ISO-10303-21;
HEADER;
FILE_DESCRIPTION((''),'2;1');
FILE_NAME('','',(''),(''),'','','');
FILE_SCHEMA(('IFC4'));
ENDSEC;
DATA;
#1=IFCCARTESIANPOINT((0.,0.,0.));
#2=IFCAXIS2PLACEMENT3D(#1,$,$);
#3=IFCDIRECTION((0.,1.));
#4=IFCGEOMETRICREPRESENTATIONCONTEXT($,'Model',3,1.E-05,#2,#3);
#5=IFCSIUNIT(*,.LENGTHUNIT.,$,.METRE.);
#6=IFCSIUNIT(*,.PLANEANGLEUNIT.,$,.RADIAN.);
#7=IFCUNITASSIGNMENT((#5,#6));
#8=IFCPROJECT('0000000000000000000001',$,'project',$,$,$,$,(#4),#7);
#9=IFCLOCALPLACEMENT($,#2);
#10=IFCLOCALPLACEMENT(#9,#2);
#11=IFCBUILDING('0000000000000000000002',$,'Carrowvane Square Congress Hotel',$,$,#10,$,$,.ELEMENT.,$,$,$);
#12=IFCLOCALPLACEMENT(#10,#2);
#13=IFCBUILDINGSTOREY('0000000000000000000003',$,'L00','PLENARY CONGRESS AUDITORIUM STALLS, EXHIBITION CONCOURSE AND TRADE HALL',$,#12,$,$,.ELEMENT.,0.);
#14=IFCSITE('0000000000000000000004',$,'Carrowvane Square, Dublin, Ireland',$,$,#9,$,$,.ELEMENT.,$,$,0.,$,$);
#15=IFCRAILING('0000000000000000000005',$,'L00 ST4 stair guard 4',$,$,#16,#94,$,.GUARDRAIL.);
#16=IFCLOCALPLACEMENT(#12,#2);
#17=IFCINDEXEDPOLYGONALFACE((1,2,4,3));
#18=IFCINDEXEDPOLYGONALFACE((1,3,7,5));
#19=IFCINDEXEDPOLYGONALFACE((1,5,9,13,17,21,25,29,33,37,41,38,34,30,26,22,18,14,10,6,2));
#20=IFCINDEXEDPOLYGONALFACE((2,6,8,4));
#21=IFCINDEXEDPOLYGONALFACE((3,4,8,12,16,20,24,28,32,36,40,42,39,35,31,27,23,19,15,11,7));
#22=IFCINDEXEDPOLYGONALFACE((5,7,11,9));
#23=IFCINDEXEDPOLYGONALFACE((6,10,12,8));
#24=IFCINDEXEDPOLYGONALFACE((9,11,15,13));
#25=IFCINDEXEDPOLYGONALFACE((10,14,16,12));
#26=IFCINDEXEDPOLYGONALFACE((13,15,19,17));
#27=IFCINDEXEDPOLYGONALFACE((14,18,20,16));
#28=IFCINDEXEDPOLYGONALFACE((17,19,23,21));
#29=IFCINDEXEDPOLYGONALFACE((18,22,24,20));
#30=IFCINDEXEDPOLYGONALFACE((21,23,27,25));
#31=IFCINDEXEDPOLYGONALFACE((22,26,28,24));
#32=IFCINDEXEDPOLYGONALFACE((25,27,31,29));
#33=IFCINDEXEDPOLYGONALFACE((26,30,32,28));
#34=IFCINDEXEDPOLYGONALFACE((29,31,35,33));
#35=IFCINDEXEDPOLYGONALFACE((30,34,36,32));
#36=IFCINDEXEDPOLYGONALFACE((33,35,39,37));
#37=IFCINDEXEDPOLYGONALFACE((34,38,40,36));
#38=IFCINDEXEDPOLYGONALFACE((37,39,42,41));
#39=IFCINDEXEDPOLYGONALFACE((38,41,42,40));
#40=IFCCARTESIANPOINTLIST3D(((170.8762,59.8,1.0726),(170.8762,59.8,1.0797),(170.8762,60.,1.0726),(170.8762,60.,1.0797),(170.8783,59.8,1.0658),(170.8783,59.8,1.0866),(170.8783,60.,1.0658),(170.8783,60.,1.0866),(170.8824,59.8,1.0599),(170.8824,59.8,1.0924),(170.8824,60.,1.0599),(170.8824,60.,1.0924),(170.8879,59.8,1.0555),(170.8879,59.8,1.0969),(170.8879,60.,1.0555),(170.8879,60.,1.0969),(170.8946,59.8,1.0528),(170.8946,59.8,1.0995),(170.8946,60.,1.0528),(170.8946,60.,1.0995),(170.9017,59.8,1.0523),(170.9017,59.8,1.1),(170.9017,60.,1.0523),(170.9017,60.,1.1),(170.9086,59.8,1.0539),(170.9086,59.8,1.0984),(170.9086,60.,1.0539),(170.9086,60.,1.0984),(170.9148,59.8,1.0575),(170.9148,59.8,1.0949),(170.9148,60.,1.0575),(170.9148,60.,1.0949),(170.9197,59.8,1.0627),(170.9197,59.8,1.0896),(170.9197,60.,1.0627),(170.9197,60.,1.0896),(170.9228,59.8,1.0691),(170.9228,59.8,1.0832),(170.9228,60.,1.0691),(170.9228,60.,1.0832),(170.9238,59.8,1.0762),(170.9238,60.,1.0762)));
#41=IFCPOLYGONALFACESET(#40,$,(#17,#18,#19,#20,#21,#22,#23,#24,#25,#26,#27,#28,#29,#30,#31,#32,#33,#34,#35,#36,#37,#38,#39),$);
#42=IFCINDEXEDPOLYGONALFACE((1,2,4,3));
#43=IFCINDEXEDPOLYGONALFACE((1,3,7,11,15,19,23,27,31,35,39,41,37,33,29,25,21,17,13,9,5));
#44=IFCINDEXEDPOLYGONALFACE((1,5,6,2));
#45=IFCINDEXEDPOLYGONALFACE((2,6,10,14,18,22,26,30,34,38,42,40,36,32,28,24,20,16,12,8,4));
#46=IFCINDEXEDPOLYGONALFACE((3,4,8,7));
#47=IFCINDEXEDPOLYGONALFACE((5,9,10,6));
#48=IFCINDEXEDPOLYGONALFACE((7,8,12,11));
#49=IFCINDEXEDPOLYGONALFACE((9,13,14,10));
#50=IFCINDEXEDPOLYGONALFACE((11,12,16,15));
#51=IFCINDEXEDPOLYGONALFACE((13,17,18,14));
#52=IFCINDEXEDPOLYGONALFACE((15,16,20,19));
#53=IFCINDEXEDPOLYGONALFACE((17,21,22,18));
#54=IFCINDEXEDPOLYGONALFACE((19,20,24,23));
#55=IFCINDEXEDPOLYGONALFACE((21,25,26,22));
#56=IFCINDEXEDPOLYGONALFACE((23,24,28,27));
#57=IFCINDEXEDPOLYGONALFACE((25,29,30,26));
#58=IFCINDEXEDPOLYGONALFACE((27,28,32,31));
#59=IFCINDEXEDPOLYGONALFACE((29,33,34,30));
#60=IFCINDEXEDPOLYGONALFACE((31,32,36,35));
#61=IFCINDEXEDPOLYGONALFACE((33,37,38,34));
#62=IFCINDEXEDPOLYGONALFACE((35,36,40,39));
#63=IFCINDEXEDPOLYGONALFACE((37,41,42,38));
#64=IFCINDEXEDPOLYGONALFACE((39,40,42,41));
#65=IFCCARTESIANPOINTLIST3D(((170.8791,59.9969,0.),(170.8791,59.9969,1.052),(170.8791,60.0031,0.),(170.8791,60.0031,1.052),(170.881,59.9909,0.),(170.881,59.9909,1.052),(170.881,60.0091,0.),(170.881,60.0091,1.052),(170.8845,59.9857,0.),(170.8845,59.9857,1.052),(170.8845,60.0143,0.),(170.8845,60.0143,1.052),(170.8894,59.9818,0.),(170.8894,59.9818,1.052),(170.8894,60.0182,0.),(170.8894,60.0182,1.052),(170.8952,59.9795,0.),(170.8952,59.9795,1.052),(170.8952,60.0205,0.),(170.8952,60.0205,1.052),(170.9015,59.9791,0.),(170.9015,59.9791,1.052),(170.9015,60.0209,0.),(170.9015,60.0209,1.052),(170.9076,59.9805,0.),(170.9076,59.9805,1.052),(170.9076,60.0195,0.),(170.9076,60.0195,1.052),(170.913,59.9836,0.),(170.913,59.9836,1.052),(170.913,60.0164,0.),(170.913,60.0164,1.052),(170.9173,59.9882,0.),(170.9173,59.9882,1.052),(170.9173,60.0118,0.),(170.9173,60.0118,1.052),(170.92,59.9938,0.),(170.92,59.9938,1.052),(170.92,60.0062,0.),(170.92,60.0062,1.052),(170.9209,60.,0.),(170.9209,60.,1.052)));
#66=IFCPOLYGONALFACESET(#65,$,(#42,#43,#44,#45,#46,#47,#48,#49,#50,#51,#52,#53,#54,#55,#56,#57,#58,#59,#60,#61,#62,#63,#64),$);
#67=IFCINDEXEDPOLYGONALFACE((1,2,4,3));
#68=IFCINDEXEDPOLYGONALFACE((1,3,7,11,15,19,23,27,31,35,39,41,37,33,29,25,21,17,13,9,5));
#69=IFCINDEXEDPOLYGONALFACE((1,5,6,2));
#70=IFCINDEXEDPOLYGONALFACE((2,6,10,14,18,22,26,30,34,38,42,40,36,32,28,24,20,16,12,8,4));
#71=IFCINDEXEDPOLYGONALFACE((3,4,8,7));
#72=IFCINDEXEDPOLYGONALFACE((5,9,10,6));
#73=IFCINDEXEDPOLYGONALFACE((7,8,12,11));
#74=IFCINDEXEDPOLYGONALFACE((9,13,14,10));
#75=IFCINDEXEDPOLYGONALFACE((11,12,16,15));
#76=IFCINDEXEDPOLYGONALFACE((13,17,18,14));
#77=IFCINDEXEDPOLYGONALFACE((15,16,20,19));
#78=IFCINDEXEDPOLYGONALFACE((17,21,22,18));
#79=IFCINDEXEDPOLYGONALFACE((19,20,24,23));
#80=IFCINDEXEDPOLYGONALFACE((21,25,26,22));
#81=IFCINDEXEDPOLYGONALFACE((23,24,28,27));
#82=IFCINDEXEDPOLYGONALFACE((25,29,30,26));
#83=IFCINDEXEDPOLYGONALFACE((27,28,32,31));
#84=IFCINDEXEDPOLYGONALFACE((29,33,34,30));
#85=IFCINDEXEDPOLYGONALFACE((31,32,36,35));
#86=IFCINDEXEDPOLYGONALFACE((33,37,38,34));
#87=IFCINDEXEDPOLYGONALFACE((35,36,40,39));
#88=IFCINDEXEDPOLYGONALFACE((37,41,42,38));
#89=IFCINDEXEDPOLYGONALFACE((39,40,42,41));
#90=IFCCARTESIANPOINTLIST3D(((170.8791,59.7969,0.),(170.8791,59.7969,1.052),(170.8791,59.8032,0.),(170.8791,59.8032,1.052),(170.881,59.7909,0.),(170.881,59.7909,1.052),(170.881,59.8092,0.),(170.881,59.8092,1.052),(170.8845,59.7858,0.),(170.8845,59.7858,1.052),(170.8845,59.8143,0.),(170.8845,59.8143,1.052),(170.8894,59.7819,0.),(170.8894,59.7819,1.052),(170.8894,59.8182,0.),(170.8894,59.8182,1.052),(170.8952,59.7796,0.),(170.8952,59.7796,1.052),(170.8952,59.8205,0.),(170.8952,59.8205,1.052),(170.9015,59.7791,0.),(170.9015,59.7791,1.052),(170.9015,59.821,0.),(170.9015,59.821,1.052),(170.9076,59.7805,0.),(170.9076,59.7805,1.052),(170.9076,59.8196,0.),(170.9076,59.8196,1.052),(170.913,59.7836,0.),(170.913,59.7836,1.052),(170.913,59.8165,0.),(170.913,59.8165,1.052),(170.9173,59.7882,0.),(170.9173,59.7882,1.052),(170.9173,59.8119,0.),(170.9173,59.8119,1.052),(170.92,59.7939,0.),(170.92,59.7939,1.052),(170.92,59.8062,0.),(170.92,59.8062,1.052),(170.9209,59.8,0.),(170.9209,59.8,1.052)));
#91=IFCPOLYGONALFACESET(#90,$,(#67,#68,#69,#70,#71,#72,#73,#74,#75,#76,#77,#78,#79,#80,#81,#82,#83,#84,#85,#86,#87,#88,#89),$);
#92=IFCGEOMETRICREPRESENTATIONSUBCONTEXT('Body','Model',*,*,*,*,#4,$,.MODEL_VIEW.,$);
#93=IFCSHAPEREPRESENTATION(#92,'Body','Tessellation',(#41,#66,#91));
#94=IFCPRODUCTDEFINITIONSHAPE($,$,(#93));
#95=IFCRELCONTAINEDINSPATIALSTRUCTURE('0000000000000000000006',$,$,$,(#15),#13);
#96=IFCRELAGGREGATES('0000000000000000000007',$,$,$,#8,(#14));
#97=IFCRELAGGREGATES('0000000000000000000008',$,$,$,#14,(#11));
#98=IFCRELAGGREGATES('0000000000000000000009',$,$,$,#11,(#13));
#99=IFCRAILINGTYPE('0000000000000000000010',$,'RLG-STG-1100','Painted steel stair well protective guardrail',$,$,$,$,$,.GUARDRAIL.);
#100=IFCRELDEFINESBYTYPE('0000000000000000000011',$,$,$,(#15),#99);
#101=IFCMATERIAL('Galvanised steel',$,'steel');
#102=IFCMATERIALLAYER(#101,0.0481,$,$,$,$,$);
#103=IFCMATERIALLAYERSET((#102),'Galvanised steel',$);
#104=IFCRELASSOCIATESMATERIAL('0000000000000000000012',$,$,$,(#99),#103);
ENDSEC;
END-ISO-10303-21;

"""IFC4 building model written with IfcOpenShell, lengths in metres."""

from ifc_helpers import new_model, si_unit, direction, frame, origin, origin_2d, place, context, subcontext, project, spatial, circle, extrude, material, layer, layer_set, type_object, element, save


model = new_model("IFC4")

# Units and contexts
model_context = context("Model", 3, precision=1e-05, world=origin(), true_north=direction((0.0, 1.0)))
body_context = subcontext(model_context, "Body", "Model", "MODEL_VIEW")
ifc_project = project(units=[si_unit("LENGTHUNIT", "METRE"), si_unit("PLANEANGLEUNIT", "RADIAN")], contexts=[model_context])

# Site, building, storey
site_placement = place(None, origin())
site = spatial("IfcSite", under=ifc_project, at=site_placement, Name="Carrowvane Square, Dublin, Ireland", CompositionType="ELEMENT", RefElevation=0.0)
building_placement = place(site_placement, origin())
building = spatial("IfcBuilding", under=site, at=building_placement, Name="Carrowvane Square Congress Hotel", CompositionType="ELEMENT")
storey_placement = place(building_placement, origin())
storey = spatial("IfcBuildingStorey", under=building, at=storey_placement, Name="L00", Description="PLENARY CONGRESS AUDITORIUM STALLS, EXHIBITION CONCOURSE AND TRADE HALL", CompositionType="ELEMENT", Elevation=0.0)

# Railing
ifc_material_1 = material(Name="Galvanised steel", Category="steel")
ifc_layer_1 = layer(ifc_material_1, 0.0481)
ifc_layer_set_1 = layer_set([ifc_layer_1], Name="Galvanised steel")
railing_type = type_object("IfcRailingType", Name="RLG-STG-1100", Description="Painted steel stair well protective guardrail", PredefinedType="GUARDRAIL", material=ifc_layer_set_1)
railing_1_placement = place(storey_placement, frame((170.8999, 60.0, 0.0)))
element("IfcRailing", 1, at=railing_1_placement, inside=storey, type_object=railing_type, Name="L00 ST4 stair guard 4", PredefinedType="GUARDRAIL", context=body_context, shape_type="SweptSolid", body=[
    extrude(circle(Radius=0.0239, at=origin_2d()), frame((0.0, 0.0, 1.0762), z_axis=(0.0, -1.0, 0.0), x_axis=(1.0, 0.0, 0.0)), (0.0, 0.0, 1.0), 0.2),
    extrude(circle(Radius=0.021, at=origin_2d()), origin(), (0.0, 0.0, 1.0), 1.052),
    extrude(circle(Radius=0.021, at=origin_2d()), frame((0.0, -0.2, 0.0)), (0.0, 0.0, 1.0), 1.052),
])

save(model, "model.ifc")
